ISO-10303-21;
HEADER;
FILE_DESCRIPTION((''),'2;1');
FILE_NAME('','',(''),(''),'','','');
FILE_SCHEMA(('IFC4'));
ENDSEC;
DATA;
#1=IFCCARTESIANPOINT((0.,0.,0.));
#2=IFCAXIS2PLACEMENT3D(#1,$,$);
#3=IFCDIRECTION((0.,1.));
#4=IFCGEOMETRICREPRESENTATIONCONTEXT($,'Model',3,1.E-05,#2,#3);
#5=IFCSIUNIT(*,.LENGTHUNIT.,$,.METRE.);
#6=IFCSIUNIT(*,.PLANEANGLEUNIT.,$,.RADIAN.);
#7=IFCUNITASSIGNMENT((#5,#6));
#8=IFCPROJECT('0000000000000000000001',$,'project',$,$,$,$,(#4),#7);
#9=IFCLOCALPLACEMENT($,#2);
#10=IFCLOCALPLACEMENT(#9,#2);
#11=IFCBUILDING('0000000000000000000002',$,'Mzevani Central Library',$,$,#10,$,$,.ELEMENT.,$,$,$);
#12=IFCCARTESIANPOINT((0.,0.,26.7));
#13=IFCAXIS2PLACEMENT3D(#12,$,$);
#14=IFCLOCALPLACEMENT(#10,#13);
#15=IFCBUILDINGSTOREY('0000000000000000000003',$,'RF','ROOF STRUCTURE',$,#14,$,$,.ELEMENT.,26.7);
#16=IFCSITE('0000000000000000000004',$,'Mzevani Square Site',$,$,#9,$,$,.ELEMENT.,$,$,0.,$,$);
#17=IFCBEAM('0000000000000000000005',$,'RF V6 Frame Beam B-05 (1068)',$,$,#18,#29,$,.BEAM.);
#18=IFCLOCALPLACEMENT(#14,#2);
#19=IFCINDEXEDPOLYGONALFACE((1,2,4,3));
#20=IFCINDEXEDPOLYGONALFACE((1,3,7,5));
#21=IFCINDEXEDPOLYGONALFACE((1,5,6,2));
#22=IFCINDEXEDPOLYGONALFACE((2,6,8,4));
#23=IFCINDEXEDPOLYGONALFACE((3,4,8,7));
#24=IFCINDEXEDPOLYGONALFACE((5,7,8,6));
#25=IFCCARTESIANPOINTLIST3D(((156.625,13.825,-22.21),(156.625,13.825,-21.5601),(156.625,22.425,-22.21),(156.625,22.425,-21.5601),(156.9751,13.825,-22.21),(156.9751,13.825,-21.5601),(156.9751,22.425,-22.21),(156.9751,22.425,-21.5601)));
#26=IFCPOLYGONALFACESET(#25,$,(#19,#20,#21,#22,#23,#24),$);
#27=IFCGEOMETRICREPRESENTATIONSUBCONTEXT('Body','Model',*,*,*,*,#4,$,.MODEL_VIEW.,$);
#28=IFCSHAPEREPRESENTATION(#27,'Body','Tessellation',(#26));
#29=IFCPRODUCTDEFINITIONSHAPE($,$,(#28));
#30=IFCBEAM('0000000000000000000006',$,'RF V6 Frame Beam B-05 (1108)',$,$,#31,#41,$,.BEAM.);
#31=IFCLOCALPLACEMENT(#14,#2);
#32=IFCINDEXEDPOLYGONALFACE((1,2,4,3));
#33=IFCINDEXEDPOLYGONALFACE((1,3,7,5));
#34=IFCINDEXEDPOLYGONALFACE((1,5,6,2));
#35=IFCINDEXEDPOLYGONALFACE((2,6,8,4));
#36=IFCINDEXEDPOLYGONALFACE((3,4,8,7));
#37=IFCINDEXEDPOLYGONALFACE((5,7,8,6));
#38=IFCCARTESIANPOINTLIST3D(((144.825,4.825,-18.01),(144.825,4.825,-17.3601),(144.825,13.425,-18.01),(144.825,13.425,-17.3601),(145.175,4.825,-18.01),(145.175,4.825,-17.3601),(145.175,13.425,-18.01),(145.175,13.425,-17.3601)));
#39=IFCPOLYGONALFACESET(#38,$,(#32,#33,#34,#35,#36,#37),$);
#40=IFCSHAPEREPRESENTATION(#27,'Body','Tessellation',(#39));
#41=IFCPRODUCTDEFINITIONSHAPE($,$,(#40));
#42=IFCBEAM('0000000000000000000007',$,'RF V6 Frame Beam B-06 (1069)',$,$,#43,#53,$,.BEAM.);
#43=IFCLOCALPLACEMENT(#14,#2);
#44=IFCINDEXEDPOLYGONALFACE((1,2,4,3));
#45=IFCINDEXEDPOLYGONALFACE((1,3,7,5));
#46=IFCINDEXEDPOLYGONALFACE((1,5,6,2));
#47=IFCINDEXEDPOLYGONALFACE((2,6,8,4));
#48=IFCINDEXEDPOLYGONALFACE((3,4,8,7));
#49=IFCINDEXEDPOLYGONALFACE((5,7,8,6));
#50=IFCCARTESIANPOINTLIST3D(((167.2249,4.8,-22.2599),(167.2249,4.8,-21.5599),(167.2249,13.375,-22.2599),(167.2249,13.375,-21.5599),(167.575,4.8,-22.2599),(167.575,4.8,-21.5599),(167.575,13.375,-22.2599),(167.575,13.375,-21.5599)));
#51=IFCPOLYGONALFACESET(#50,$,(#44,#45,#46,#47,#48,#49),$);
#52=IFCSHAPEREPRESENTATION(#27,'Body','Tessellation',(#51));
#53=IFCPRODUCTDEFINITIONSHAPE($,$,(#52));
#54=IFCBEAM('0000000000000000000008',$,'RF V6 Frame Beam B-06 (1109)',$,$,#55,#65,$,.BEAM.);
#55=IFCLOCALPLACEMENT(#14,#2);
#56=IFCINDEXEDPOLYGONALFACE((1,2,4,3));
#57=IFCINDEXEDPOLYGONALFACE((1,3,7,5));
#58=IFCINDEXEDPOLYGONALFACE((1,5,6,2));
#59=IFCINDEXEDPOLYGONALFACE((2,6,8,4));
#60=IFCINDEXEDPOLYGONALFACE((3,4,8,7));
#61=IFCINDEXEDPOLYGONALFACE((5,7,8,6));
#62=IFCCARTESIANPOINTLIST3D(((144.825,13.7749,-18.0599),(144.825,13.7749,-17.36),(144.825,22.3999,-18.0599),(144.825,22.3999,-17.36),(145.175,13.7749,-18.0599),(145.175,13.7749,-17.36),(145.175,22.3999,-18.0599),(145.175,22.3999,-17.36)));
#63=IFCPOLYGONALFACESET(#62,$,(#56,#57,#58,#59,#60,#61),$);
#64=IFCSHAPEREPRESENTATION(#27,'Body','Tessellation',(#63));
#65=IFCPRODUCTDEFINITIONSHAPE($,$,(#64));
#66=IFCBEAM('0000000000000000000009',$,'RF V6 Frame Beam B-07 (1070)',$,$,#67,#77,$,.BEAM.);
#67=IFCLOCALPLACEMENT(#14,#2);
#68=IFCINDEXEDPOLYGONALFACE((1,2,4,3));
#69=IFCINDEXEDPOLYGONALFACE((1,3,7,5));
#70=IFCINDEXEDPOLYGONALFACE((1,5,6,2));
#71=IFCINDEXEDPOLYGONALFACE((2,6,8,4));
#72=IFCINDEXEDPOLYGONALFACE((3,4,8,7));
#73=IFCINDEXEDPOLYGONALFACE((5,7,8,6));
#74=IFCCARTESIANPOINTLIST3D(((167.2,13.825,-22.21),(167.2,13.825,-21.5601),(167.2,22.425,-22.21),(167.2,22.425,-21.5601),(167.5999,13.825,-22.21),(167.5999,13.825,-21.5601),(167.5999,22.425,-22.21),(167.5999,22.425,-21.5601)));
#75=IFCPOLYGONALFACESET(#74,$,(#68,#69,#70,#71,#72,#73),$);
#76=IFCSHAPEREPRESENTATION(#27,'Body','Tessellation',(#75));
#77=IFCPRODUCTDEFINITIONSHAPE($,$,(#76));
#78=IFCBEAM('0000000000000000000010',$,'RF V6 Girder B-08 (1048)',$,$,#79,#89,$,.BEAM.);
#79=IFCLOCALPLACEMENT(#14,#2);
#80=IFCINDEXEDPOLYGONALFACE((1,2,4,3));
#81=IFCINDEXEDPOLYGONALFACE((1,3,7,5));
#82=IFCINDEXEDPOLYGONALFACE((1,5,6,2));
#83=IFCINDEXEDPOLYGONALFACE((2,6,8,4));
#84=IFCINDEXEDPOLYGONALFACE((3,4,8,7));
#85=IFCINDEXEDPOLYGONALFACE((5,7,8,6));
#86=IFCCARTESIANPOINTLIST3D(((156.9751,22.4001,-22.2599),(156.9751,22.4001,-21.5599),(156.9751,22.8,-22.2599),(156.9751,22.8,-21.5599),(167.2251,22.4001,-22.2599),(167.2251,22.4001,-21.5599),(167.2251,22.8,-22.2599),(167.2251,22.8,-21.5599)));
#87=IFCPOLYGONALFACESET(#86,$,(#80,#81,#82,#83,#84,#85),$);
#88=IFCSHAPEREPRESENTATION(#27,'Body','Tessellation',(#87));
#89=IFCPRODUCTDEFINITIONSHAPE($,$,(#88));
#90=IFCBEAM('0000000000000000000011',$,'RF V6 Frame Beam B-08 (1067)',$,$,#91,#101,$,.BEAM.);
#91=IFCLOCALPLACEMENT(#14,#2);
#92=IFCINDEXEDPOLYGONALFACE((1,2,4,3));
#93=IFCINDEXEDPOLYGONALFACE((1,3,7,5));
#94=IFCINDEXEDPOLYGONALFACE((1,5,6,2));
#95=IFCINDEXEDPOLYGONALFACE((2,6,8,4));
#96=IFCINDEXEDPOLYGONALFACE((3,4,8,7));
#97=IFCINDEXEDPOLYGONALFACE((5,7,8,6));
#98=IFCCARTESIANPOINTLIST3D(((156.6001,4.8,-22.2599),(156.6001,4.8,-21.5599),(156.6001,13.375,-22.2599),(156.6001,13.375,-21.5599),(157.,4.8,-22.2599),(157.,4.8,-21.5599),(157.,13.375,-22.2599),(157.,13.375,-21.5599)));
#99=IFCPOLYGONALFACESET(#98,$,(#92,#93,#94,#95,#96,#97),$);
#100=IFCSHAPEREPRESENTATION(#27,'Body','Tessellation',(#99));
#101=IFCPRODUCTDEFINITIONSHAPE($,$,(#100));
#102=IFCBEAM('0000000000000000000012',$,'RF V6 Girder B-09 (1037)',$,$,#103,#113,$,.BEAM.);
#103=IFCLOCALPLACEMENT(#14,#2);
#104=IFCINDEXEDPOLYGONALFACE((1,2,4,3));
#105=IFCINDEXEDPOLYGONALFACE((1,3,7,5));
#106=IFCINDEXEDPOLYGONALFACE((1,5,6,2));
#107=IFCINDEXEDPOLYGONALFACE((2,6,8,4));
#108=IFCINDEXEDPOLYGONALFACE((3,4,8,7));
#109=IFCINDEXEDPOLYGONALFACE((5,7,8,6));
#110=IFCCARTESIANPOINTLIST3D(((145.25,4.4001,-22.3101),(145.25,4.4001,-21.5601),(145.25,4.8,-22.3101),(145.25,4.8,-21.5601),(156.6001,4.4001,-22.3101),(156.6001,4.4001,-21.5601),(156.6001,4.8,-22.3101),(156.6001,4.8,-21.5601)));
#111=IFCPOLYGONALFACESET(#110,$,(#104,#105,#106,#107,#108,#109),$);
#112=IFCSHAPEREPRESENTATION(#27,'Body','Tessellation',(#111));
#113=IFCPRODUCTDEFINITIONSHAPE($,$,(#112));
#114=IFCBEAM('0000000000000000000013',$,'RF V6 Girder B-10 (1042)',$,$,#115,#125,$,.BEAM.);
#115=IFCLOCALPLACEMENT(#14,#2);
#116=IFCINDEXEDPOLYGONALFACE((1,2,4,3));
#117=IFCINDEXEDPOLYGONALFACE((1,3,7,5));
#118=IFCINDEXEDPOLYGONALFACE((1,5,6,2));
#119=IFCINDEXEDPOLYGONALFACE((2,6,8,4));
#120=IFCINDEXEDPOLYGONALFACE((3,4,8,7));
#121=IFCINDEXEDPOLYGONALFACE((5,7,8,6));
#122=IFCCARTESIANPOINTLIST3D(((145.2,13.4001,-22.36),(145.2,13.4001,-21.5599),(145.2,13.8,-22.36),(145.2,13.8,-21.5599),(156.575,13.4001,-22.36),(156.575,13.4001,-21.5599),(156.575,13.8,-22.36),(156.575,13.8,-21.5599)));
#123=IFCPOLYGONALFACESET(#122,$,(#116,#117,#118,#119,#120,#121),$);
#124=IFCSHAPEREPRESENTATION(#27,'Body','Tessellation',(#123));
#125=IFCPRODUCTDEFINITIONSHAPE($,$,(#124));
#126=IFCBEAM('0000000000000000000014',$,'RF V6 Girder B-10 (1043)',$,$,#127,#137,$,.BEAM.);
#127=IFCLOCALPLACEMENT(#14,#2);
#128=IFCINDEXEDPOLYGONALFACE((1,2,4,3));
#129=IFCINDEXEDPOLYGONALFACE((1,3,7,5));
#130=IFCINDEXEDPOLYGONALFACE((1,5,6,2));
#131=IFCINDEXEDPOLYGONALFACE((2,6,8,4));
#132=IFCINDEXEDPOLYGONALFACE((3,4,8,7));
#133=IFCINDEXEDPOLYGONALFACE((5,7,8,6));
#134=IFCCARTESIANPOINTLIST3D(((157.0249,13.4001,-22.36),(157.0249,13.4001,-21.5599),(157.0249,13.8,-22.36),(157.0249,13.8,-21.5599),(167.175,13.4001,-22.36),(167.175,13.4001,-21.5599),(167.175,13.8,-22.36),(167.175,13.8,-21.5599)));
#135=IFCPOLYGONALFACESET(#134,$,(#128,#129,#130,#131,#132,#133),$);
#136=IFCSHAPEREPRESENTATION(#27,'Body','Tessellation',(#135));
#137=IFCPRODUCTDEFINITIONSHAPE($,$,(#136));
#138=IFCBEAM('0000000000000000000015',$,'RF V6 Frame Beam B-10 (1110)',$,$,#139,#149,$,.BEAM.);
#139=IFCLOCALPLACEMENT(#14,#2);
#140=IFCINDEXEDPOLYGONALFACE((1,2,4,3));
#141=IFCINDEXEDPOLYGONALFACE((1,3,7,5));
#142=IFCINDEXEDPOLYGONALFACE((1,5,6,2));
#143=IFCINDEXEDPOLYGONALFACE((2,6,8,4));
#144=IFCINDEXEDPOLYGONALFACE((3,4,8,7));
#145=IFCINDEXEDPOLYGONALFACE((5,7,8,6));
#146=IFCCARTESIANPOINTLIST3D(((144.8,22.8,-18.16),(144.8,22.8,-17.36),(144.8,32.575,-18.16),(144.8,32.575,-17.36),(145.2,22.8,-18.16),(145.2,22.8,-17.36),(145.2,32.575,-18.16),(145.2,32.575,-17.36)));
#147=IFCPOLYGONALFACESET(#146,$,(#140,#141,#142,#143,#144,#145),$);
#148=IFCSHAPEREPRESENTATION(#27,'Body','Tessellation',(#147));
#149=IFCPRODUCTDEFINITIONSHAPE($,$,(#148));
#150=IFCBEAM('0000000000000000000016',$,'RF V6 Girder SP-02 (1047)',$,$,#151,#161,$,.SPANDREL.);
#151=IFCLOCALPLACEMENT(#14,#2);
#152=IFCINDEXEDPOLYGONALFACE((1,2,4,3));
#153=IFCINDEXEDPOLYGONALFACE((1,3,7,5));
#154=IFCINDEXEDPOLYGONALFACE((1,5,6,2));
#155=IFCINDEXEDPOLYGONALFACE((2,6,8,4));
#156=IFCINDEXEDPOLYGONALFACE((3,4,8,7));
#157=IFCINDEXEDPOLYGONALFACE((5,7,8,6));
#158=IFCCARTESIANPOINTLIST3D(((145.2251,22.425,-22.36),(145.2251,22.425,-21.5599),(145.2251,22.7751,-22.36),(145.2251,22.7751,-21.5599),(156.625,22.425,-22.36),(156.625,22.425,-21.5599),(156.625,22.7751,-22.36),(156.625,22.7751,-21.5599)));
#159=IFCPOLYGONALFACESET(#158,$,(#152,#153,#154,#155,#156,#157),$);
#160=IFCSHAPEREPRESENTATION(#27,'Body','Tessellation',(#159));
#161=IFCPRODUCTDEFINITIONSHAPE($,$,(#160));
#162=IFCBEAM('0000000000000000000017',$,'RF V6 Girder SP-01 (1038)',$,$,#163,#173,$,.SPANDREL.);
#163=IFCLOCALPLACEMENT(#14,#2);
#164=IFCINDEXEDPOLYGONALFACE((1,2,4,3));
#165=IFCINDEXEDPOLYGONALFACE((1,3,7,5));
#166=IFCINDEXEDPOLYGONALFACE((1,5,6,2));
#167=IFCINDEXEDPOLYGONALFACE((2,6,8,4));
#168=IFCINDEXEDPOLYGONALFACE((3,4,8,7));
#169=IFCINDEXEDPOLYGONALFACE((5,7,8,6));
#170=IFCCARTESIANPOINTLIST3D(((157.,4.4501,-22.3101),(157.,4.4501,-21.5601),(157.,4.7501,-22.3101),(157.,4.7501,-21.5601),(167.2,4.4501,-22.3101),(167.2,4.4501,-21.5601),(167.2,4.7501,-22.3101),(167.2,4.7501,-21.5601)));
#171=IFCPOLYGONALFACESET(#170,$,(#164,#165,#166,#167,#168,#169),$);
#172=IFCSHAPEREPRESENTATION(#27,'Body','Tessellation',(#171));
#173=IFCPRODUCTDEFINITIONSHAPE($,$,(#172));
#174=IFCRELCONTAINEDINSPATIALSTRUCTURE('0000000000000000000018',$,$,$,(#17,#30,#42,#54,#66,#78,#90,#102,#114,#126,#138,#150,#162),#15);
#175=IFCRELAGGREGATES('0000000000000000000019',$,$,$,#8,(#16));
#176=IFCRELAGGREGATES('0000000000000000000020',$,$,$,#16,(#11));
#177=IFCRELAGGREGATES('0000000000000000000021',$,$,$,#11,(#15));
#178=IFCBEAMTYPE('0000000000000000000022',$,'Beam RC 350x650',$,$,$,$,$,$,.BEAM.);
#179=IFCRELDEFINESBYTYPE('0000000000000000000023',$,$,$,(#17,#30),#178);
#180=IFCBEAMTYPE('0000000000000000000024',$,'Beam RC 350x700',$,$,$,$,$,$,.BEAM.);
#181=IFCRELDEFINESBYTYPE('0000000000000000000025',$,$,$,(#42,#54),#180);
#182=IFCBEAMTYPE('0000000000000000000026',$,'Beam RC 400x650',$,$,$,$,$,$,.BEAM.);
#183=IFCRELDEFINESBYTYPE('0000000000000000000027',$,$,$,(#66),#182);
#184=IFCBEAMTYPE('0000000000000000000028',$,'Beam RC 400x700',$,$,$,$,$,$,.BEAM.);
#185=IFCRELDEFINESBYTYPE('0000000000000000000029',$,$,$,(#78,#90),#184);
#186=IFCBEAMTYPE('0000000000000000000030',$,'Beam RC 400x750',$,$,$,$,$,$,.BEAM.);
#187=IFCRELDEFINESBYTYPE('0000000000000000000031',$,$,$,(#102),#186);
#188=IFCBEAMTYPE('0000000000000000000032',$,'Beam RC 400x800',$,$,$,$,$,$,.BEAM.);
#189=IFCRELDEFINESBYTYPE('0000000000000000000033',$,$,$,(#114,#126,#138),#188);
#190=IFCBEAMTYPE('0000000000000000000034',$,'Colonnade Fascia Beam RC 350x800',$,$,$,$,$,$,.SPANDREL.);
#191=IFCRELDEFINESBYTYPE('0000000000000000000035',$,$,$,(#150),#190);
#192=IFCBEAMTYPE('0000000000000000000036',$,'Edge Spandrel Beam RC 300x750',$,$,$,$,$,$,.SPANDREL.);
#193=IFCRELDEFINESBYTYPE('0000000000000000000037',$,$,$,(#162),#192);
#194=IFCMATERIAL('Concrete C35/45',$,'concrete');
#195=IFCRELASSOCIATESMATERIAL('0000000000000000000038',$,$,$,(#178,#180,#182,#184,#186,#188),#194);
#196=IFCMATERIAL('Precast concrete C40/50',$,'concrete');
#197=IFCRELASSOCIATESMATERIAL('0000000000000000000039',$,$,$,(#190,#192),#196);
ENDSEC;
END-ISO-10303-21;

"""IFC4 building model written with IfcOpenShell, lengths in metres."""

from ifc_helpers import new_model, si_unit, direction, frame, origin, origin_2d, place, context, subcontext, project, spatial, rectangle, extrude, material, material_profile, profile_set, type_object, element, save


model = new_model("IFC4")

# Units and contexts
model_context = context("Model", 3, precision=1e-05, world=origin(), true_north=direction((0.0, 1.0)))
body_context = subcontext(model_context, "Body", "Model", "MODEL_VIEW")
ifc_project = project(units=[si_unit("LENGTHUNIT", "METRE"), si_unit("PLANEANGLEUNIT", "RADIAN")], contexts=[model_context])

# Site, building, storey
site_placement = place(None, origin())
site = spatial("IfcSite", under=ifc_project, at=site_placement, Name="Mzevani Square Site", CompositionType="ELEMENT", RefElevation=0.0)
building_placement = place(site_placement, origin())
building = spatial("IfcBuilding", under=site, at=building_placement, Name="Mzevani Central Library", CompositionType="ELEMENT")
storey_placement = place(building_placement, frame((0.0, 0.0, 26.7)))
storey = spatial("IfcBuildingStorey", under=building, at=storey_placement, Name="RF", Description="ROOF STRUCTURE", CompositionType="ELEMENT", Elevation=26.7)

# Beams
ifc_material_1 = material(Name="Concrete C35/45", Category="concrete")
ifc_material_profile_1 = material_profile(ifc_material_1, rectangle(XDim=0.3501, YDim=0.6499, at=origin_2d()), Name="RC B350x650")
ifc_profile_set_1 = profile_set([ifc_material_profile_1], Name="Concrete C35/45")
beam_type_1 = type_object("IfcBeamType", Name="Beam RC 350x650", PredefinedType="BEAM", material=ifc_profile_set_1)
for number, where, z_axis, x_axis, name in (
    (1, (156.8, 13.825, -21.885), (0.0, 1.0, 0.0), (-1.0, 0.0, 0.0), "RF V6 Frame Beam B-05 (1068)"),
    (2, (145.0, 4.825, -17.6851), (0.0, 1.0, 0.0), (-1.0, 0.0, 0.0), "RF V6 Frame Beam B-05 (1108)"),
):
    element("IfcBeam", number, at=place(storey_placement, frame(where, z_axis=z_axis, x_axis=x_axis)), inside=storey, type_object=beam_type_1, Name=name, PredefinedType="BEAM", context=body_context, shape_type="SweptSolid", body=[
        extrude(rectangle(XDim=0.3501, YDim=0.6499, at=origin_2d()), origin(), (0.0, 0.0, 1.0), 8.6001),
    ])
ifc_material_profile_2 = material_profile(ifc_material_1, rectangle(XDim=0.3501, YDim=0.7, at=origin_2d()), Name="RC B350x700")
ifc_profile_set_2 = profile_set([ifc_material_profile_2], Name="Concrete C35/45")
beam_type_2 = type_object("IfcBeamType", Name="Beam RC 350x700", PredefinedType="BEAM", material=ifc_profile_set_2)
beam_1_placement = place(storey_placement, frame((167.3999, 4.8, -21.9099), z_axis=(0.0, 1.0, 0.0), x_axis=(-1.0, 0.0, 0.0)))
element("IfcBeam", 3, at=beam_1_placement, inside=storey, type_object=beam_type_2, Name="RF V6 Frame Beam B-06 (1069)", PredefinedType="BEAM", context=body_context, shape_type="SweptSolid", body=[
    extrude(rectangle(XDim=0.3501, YDim=0.7, at=origin_2d()), origin(), (0.0, 0.0, 1.0), 8.575),
])
beam_2_placement = place(storey_placement, frame((145.0, 13.7749, -17.71), z_axis=(0.0, 1.0, 0.0), x_axis=(-1.0, 0.0, 0.0)))
element("IfcBeam", 4, at=beam_2_placement, inside=storey, type_object=beam_type_2, Name="RF V6 Frame Beam B-06 (1109)", PredefinedType="BEAM", context=body_context, shape_type="SweptSolid", body=[
    extrude(rectangle(XDim=0.3501, YDim=0.7, at=origin_2d()), origin(), (0.0, 0.0, 1.0), 8.625),
])
ifc_material_profile_3 = material_profile(ifc_material_1, rectangle(XDim=0.3999, YDim=0.6499, at=origin_2d()), Name="RC B400x650")
ifc_profile_set_3 = profile_set([ifc_material_profile_3], Name="Concrete C35/45")
beam_type_3 = type_object("IfcBeamType", Name="Beam RC 400x650", PredefinedType="BEAM", material=ifc_profile_set_3)
beam_3_placement = place(storey_placement, frame((167.3999, 13.825, -21.885), z_axis=(0.0, 1.0, 0.0), x_axis=(-1.0, 0.0, 0.0)))
element("IfcBeam", 5, at=beam_3_placement, inside=storey, type_object=beam_type_3, Name="RF V6 Frame Beam B-07 (1070)", PredefinedType="BEAM", context=body_context, shape_type="SweptSolid", body=[
    extrude(rectangle(XDim=0.3999, YDim=0.6499, at=origin_2d()), origin(), (0.0, 0.0, 1.0), 8.6001),
])
ifc_material_profile_4 = material_profile(ifc_material_1, rectangle(XDim=0.3999, YDim=0.7, at=origin_2d()), Name="RC B400x700")
ifc_profile_set_4 = profile_set([ifc_material_profile_4], Name="Concrete C35/45")
beam_type_4 = type_object("IfcBeamType", Name="Beam RC 400x700", PredefinedType="BEAM", material=ifc_profile_set_4)
beam_4_placement = place(storey_placement, frame((156.9751, 22.6001, -21.9099), z_axis=(1.0, 0.0, 0.0), x_axis=(0.0, 1.0, 0.0)))
element("IfcBeam", 6, at=beam_4_placement, inside=storey, type_object=beam_type_4, Name="RF V6 Girder B-08 (1048)", PredefinedType="BEAM", context=body_context, shape_type="SweptSolid", body=[
    extrude(rectangle(XDim=0.3999, YDim=0.7, at=origin_2d()), origin(), (0.0, 0.0, 1.0), 10.25),
])
beam_5_placement = place(storey_placement, frame((156.8, 4.8, -21.9099), z_axis=(0.0, 1.0, 0.0), x_axis=(-1.0, 0.0, 0.0)))
element("IfcBeam", 7, at=beam_5_placement, inside=storey, type_object=beam_type_4, Name="RF V6 Frame Beam B-08 (1067)", PredefinedType="BEAM", context=body_context, shape_type="SweptSolid", body=[
    extrude(rectangle(XDim=0.3999, YDim=0.7, at=origin_2d()), origin(), (0.0, 0.0, 1.0), 8.575),
])
ifc_material_profile_5 = material_profile(ifc_material_1, rectangle(XDim=0.3999, YDim=0.75, at=origin_2d()), Name="RC B400x750")
ifc_profile_set_5 = profile_set([ifc_material_profile_5], Name="Concrete C35/45")
beam_type_5 = type_object("IfcBeamType", Name="Beam RC 400x750", PredefinedType="BEAM", material=ifc_profile_set_5)
beam_6_placement = place(storey_placement, frame((145.25, 4.6001, -21.9351), z_axis=(1.0, 0.0, 0.0), x_axis=(0.0, 1.0, 0.0)))
element("IfcBeam", 8, at=beam_6_placement, inside=storey, type_object=beam_type_5, Name="RF V6 Girder B-09 (1037)", PredefinedType="BEAM", context=body_context, shape_type="SweptSolid", body=[
    extrude(rectangle(XDim=0.3999, YDim=0.75, at=origin_2d()), origin(), (0.0, 0.0, 1.0), 11.3501),
])
ifc_material_profile_6 = material_profile(ifc_material_1, rectangle(XDim=0.3999, YDim=0.8, at=origin_2d()), Name="RC B400x800")
ifc_profile_set_6 = profile_set([ifc_material_profile_6], Name="Concrete C35/45")
beam_type_6 = type_object("IfcBeamType", Name="Beam RC 400x800", PredefinedType="BEAM", material=ifc_profile_set_6)
beam_7_placement = place(storey_placement, frame((145.2, 13.6001, -21.96), z_axis=(1.0, 0.0, 0.0), x_axis=(0.0, 1.0, 0.0)))
element("IfcBeam", 9, at=beam_7_placement, inside=storey, type_object=beam_type_6, Name="RF V6 Girder B-10 (1042)", PredefinedType="BEAM", context=body_context, shape_type="SweptSolid", body=[
    extrude(rectangle(XDim=0.3999, YDim=0.8, at=origin_2d()), origin(), (0.0, 0.0, 1.0), 11.375),
])
beam_8_placement = place(storey_placement, frame((157.0249, 13.6001, -21.96), z_axis=(1.0, 0.0, 0.0), x_axis=(0.0, 1.0, 0.0)))
element("IfcBeam", 10, at=beam_8_placement, inside=storey, type_object=beam_type_6, Name="RF V6 Girder B-10 (1043)", PredefinedType="BEAM", context=body_context, shape_type="SweptSolid", body=[
    extrude(rectangle(XDim=0.3999, YDim=0.8, at=origin_2d()), origin(), (0.0, 0.0, 1.0), 10.1501),
])
beam_9_placement = place(storey_placement, frame((145.0, 22.8, -17.76), z_axis=(0.0, 1.0, 0.0), x_axis=(-1.0, 0.0, 0.0)))
element("IfcBeam", 11, at=beam_9_placement, inside=storey, type_object=beam_type_6, Name="RF V6 Frame Beam B-10 (1110)", PredefinedType="BEAM", context=body_context, shape_type="SweptSolid", body=[
    extrude(rectangle(XDim=0.3999, YDim=0.8, at=origin_2d()), origin(), (0.0, 0.0, 1.0), 9.7749),
])
ifc_material_2 = material(Name="Precast concrete C40/50", Category="concrete")
ifc_material_profile_7 = material_profile(ifc_material_2, rectangle(XDim=0.3501, YDim=0.8, at=origin_2d()), Name="RC SP350x800")
ifc_profile_set_7 = profile_set([ifc_material_profile_7], Name="Precast concrete C40/50")
beam_type_7 = type_object("IfcBeamType", Name="Colonnade Fascia Beam RC 350x800", PredefinedType="SPANDREL", material=ifc_profile_set_7)
beam_10_placement = place(storey_placement, frame((145.2251, 22.6001, -21.96), z_axis=(1.0, 0.0, 0.0), x_axis=(0.0, 1.0, 0.0)))
element("IfcBeam", 12, at=beam_10_placement, inside=storey, type_object=beam_type_7, Name="RF V6 Girder SP-02 (1047)", PredefinedType="SPANDREL", context=body_context, shape_type="SweptSolid", body=[
    extrude(rectangle(XDim=0.3501, YDim=0.8, at=origin_2d()), origin(), (0.0, 0.0, 1.0), 11.3999),
])
ifc_material_profile_8 = material_profile(ifc_material_2, rectangle(XDim=0.3, YDim=0.75, at=origin_2d()), Name="RC SP300x750")
ifc_profile_set_8 = profile_set([ifc_material_profile_8], Name="Precast concrete C40/50")
beam_type_8 = type_object("IfcBeamType", Name="Edge Spandrel Beam RC 300x750", PredefinedType="SPANDREL", material=ifc_profile_set_8)
beam_11_placement = place(storey_placement, frame((157.0, 4.6001, -21.9351), z_axis=(1.0, 0.0, 0.0), x_axis=(0.0, 1.0, 0.0)))
element("IfcBeam", 13, at=beam_11_placement, inside=storey, type_object=beam_type_8, Name="RF V6 Girder SP-01 (1038)", PredefinedType="SPANDREL", context=body_context, shape_type="SweptSolid", body=[
    extrude(rectangle(XDim=0.3, YDim=0.75, at=origin_2d()), origin(), (0.0, 0.0, 1.0), 10.2),
])

save(model, "model.ifc")
